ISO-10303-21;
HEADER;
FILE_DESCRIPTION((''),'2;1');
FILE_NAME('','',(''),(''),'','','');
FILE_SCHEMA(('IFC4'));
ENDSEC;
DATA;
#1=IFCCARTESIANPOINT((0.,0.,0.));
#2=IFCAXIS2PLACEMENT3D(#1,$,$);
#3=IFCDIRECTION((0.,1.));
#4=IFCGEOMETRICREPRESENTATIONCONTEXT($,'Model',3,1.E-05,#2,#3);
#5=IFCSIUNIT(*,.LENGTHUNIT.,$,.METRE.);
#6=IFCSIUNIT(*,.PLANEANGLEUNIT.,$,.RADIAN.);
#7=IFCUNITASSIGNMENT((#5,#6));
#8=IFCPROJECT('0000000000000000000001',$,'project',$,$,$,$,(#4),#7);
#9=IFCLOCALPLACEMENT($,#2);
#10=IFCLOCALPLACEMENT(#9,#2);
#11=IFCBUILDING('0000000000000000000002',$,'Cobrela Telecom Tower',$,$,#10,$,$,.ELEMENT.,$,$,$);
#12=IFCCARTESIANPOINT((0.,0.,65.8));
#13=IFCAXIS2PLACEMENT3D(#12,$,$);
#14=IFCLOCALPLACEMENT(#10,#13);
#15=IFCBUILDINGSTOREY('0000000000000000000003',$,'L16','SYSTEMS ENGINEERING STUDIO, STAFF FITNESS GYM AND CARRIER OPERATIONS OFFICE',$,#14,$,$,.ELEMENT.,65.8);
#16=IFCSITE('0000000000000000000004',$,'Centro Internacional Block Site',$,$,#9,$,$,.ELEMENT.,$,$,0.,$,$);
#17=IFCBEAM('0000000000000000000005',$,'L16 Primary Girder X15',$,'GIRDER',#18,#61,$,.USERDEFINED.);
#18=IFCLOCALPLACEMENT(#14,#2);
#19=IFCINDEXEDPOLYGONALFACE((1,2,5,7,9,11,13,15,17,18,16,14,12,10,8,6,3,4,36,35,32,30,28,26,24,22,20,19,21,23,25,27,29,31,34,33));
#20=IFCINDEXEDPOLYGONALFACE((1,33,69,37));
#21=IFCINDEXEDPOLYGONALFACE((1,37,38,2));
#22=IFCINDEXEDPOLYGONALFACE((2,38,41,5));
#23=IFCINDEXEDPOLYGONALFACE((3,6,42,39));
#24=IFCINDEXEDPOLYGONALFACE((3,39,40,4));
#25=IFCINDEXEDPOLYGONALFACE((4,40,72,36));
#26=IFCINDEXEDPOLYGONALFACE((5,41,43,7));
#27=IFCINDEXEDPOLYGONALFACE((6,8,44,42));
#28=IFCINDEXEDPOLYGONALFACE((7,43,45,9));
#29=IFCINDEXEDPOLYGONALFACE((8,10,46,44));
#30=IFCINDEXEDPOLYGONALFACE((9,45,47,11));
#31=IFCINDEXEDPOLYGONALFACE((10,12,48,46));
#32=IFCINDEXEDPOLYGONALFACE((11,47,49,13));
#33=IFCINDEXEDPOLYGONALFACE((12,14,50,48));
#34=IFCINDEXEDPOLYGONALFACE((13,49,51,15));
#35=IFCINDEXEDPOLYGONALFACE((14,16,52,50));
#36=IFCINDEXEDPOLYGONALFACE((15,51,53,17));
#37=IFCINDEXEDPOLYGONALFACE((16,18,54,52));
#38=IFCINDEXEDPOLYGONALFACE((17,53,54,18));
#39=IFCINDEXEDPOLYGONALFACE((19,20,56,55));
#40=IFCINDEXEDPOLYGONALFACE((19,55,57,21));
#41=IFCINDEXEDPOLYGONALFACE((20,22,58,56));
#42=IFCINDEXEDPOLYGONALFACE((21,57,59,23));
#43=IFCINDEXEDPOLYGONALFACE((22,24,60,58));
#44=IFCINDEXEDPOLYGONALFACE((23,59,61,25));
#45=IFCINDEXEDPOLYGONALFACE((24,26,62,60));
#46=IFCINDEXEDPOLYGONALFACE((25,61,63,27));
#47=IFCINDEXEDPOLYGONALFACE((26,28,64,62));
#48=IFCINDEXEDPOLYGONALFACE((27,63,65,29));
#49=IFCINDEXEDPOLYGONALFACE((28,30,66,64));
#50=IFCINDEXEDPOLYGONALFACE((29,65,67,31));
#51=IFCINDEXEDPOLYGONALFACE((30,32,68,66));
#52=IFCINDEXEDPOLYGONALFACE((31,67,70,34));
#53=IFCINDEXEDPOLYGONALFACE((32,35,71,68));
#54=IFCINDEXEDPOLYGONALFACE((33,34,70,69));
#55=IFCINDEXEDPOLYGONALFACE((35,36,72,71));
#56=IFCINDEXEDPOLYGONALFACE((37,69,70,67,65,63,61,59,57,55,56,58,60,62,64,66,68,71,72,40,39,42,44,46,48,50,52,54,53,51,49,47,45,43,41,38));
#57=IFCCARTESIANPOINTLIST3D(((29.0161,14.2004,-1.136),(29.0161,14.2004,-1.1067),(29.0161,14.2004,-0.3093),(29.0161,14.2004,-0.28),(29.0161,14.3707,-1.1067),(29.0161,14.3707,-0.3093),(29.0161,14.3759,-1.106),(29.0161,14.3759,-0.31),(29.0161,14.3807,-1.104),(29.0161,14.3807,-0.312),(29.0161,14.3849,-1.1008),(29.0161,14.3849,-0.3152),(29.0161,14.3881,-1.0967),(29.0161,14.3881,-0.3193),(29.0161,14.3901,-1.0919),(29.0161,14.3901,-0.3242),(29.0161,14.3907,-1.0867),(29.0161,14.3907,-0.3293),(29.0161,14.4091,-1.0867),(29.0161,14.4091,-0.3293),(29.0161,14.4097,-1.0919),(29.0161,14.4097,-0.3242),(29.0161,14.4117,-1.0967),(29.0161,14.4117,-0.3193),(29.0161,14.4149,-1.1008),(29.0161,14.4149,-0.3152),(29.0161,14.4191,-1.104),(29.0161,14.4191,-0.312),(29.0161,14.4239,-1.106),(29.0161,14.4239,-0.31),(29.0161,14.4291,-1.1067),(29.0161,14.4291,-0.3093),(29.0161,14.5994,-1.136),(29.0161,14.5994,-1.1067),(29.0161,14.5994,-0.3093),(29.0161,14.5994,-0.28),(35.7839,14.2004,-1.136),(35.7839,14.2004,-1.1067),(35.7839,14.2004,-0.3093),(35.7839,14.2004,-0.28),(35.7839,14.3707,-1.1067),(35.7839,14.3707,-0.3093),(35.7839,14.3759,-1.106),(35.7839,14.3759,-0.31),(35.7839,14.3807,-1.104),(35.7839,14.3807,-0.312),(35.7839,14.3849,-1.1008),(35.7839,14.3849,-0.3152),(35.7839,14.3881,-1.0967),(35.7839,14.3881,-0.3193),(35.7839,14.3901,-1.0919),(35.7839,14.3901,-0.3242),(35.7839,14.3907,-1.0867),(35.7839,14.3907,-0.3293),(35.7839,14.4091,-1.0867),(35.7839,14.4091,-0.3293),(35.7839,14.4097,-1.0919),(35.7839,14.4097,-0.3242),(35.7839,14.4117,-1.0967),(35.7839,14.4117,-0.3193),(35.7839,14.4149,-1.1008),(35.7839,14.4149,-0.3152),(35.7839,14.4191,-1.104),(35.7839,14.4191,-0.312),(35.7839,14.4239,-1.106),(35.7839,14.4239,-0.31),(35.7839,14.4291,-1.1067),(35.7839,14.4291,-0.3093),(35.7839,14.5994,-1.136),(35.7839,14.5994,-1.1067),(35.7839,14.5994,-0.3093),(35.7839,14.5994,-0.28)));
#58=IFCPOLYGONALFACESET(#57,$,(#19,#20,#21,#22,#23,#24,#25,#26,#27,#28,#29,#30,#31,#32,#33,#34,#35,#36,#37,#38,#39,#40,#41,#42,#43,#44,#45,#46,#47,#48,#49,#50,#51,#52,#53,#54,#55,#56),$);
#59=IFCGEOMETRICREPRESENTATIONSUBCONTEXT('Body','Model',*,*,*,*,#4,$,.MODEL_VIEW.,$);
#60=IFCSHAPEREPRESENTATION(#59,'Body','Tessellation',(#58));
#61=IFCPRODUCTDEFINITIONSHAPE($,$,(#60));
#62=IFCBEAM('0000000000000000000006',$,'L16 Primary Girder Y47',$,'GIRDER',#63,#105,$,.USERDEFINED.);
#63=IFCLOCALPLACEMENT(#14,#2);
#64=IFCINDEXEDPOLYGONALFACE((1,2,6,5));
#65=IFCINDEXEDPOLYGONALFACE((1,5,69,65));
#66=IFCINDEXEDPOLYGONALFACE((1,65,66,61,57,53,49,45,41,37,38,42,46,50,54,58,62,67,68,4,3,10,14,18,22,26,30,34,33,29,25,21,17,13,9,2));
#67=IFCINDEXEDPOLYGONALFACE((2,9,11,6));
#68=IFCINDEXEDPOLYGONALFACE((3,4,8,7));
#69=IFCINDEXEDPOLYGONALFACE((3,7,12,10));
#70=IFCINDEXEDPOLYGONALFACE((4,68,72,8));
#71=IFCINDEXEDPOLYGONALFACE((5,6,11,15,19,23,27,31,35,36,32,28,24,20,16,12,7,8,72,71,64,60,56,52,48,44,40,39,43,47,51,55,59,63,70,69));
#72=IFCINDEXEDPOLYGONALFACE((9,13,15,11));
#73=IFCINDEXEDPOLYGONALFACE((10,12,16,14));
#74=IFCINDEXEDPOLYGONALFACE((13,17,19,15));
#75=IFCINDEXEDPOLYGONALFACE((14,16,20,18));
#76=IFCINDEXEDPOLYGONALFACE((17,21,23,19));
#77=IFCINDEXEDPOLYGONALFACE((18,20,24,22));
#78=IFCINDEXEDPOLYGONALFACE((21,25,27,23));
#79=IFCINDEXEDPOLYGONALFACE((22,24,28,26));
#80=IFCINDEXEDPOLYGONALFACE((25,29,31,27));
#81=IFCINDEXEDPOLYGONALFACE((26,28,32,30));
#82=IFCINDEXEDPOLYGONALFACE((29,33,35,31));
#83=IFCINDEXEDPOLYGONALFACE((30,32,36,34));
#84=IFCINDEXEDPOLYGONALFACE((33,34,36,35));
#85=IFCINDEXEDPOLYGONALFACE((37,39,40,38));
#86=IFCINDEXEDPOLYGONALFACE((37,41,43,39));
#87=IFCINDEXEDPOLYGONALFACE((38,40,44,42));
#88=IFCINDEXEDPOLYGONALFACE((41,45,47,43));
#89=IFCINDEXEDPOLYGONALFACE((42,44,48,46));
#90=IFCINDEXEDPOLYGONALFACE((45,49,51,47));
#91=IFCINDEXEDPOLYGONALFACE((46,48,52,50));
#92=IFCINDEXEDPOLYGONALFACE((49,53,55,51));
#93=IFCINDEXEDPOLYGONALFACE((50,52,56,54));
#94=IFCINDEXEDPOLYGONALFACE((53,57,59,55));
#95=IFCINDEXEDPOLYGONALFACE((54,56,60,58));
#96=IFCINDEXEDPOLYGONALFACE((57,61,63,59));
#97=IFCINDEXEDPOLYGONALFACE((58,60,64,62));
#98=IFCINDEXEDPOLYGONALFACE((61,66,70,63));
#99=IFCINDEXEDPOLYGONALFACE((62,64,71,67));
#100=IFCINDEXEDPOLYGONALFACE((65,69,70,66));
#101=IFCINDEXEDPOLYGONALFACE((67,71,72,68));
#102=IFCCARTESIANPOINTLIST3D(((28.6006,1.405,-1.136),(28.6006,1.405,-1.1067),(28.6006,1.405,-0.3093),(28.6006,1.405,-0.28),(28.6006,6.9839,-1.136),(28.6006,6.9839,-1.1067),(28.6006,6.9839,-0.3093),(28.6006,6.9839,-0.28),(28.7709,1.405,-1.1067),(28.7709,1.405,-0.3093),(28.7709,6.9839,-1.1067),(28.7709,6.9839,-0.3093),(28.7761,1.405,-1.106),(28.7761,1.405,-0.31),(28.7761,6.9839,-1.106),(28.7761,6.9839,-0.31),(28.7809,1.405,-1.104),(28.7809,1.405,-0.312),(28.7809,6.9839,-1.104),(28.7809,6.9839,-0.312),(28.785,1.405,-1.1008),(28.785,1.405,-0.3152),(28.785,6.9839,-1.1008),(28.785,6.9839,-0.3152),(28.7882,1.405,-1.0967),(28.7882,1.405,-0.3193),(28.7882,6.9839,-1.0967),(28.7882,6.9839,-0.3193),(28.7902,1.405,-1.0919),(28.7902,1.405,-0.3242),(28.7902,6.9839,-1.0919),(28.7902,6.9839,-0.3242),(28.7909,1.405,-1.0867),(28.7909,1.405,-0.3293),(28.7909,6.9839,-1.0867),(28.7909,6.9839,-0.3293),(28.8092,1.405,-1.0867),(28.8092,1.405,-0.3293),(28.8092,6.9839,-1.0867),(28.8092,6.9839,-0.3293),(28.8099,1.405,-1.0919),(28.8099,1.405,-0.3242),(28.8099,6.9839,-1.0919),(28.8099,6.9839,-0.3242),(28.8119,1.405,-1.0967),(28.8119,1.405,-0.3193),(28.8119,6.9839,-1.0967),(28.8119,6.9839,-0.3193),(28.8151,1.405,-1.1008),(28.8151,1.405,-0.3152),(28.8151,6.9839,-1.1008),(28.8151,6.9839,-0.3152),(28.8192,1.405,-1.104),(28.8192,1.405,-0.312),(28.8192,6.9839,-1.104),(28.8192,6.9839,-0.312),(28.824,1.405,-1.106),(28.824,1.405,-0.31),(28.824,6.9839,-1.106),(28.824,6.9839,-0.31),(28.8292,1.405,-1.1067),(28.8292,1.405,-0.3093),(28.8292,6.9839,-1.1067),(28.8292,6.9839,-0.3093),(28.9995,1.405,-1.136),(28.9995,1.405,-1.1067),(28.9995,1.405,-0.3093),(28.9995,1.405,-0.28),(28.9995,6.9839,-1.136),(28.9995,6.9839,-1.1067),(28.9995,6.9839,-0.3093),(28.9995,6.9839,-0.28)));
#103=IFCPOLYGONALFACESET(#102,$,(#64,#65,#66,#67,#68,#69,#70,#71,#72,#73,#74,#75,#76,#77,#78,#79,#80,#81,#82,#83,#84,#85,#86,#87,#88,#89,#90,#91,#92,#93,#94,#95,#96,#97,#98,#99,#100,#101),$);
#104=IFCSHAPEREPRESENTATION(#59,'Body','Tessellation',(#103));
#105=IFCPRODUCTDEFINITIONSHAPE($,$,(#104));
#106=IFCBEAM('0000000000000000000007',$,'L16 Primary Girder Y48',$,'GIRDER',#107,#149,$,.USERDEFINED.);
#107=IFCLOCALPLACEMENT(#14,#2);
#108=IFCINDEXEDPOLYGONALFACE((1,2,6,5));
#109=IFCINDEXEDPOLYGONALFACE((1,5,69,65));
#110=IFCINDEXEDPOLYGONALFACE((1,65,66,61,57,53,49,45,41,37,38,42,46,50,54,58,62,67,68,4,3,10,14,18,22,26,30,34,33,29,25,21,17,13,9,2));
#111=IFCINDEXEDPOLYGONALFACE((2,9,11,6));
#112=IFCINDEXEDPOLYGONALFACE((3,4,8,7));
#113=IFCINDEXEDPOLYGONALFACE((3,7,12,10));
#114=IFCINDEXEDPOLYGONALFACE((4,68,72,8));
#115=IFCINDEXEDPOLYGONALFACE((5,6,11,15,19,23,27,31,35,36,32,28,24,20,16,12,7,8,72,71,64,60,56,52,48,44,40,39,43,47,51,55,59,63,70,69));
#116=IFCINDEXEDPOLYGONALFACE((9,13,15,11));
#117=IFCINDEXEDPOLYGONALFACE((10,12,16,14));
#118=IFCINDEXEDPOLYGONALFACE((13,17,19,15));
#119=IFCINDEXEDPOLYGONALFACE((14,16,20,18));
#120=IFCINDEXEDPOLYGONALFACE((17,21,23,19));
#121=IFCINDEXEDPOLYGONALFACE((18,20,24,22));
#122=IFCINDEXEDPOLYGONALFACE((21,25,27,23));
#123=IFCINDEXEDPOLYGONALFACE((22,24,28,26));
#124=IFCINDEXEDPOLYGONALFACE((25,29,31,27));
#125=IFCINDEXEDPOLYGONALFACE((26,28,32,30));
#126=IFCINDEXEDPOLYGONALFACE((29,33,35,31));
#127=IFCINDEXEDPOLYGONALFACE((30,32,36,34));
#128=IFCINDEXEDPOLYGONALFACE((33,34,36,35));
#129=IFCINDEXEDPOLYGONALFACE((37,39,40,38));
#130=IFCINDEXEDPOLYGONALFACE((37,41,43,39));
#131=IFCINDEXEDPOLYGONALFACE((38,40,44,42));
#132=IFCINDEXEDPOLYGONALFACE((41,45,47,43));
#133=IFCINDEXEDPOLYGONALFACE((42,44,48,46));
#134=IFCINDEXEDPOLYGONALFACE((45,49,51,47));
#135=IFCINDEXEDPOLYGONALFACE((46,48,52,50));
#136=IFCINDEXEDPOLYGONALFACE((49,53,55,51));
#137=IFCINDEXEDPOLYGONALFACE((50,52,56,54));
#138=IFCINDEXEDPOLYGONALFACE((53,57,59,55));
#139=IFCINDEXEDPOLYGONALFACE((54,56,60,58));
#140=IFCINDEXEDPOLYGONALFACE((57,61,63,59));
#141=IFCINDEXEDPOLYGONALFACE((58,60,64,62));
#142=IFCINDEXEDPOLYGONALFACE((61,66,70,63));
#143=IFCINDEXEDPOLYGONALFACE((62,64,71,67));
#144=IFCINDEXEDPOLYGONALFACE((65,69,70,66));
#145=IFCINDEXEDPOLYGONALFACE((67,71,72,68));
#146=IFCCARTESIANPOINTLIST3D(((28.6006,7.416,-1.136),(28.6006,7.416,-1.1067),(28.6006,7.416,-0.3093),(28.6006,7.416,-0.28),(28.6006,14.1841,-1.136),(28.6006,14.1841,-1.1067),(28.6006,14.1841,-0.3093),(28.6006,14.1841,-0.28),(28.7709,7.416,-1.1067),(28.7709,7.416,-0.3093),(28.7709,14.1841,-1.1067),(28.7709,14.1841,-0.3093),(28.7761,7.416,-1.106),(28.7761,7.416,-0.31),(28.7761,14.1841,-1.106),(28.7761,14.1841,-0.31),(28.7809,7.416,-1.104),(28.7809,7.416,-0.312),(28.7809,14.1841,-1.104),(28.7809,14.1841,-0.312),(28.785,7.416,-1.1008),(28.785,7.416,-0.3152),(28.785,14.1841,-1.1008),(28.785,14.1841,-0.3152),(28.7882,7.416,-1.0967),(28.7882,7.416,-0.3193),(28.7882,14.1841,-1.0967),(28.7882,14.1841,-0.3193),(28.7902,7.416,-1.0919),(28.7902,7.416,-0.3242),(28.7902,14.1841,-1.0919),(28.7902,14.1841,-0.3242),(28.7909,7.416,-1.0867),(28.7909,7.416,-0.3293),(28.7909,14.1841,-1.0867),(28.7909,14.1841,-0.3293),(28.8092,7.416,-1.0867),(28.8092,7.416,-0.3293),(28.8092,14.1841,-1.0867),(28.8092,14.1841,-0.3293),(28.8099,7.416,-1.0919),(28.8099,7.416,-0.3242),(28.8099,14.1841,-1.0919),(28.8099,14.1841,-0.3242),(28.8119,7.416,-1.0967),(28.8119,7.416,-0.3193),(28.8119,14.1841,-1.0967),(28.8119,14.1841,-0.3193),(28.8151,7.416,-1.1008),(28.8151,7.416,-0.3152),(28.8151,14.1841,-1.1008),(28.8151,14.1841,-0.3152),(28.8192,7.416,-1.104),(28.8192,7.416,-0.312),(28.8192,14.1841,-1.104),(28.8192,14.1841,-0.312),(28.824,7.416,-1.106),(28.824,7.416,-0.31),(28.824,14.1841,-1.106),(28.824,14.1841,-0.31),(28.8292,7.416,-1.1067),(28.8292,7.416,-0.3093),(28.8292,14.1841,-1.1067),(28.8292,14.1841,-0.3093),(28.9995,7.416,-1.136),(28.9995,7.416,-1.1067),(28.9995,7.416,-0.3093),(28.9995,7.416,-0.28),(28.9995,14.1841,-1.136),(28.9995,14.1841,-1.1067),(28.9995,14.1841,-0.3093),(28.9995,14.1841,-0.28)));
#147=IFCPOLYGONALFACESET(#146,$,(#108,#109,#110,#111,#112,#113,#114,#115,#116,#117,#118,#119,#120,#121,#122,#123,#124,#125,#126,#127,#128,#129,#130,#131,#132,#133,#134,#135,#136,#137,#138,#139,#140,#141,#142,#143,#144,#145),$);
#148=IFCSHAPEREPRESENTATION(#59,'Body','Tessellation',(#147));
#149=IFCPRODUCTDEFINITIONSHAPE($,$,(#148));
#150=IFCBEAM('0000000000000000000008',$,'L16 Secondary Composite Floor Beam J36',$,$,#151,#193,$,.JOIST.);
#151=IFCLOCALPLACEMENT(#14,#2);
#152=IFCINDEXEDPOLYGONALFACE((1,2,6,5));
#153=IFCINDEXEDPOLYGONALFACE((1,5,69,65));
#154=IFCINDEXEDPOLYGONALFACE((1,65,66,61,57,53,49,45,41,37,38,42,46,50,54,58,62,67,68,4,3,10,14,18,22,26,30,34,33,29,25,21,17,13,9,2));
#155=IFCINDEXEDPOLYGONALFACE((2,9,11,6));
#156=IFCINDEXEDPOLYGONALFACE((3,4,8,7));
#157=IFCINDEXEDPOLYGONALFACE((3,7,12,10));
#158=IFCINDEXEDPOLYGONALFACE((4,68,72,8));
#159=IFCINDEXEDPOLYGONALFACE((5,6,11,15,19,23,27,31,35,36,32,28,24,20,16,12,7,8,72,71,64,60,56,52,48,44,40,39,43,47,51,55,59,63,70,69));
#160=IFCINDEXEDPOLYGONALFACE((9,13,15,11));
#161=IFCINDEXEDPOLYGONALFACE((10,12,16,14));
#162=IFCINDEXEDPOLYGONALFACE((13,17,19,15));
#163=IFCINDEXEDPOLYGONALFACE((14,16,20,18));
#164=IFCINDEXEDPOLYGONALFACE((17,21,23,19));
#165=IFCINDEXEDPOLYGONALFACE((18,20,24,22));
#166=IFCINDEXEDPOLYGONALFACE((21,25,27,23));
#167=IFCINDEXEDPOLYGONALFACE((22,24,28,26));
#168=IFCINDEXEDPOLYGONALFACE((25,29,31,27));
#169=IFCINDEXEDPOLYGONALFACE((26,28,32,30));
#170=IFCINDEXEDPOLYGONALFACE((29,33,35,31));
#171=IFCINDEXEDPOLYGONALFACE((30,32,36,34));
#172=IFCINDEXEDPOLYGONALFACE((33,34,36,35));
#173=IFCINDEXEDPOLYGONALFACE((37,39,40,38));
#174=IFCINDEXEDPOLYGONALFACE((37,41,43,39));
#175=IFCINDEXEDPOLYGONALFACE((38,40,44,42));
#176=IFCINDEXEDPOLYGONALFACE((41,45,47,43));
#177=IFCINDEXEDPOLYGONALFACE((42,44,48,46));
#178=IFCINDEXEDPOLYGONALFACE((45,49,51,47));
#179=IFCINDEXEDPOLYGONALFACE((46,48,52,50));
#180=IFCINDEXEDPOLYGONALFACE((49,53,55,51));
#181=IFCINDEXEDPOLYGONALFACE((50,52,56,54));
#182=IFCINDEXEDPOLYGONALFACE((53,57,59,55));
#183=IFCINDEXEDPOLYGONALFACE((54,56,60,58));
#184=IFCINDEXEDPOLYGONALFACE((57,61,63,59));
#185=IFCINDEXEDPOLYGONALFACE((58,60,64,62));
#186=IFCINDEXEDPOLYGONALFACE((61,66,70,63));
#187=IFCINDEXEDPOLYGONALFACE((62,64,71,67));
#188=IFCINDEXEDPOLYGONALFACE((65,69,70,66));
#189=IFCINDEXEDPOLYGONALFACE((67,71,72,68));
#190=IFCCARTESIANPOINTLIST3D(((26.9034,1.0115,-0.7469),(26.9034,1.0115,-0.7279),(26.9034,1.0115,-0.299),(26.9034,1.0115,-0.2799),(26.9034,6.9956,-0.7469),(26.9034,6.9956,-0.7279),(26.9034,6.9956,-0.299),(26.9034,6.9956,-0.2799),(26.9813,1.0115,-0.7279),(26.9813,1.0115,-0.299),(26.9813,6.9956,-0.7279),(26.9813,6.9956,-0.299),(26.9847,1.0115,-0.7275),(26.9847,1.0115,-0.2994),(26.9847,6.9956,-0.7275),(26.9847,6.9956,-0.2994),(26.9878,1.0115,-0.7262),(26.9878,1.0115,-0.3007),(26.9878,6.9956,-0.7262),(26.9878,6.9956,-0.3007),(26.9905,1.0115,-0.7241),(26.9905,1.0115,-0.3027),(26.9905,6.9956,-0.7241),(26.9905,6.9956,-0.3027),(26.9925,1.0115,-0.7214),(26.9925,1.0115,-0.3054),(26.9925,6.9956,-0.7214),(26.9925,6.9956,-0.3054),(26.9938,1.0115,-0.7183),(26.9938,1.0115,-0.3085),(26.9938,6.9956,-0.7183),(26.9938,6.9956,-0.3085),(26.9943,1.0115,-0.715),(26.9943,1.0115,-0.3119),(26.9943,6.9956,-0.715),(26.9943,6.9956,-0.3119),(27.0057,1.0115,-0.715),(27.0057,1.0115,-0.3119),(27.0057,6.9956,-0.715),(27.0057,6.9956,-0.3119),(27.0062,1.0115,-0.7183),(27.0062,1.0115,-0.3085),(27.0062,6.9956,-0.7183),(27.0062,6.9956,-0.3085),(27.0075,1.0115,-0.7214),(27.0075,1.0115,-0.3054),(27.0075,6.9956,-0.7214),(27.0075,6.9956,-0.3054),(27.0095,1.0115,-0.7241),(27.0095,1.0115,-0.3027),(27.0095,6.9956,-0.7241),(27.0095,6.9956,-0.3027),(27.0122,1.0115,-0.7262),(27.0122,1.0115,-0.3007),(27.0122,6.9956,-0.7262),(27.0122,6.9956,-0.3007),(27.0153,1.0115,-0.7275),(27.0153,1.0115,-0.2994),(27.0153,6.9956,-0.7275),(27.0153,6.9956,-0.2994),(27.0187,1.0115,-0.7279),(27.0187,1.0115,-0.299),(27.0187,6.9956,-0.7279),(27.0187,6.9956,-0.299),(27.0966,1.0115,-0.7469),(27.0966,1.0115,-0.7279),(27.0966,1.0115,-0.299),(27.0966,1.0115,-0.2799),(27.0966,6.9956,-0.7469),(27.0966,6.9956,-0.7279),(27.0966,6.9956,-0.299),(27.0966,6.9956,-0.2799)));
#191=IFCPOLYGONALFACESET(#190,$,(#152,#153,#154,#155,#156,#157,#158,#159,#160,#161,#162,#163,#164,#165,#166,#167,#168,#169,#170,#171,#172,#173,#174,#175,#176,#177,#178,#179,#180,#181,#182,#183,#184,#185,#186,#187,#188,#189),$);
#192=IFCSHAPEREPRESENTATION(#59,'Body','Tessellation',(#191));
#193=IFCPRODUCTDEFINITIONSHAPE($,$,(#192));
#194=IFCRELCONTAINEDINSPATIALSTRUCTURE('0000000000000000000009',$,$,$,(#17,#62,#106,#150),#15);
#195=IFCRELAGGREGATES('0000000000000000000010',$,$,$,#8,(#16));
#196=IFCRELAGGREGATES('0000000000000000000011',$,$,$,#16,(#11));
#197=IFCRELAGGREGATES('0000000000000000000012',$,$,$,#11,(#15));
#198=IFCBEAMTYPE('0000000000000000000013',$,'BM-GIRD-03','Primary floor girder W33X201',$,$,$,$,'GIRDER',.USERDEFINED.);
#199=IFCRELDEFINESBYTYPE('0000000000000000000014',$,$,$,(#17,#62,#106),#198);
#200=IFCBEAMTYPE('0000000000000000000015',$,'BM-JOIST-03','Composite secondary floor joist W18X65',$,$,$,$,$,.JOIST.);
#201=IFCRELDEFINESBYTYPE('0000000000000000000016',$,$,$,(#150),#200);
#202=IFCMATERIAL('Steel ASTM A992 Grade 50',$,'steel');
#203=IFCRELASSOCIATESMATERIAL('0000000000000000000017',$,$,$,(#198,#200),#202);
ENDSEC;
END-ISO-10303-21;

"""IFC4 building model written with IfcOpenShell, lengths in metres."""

from ifc_helpers import new_model, si_unit, direction, frame, origin, origin_2d, place, context, subcontext, project, spatial, i_section, extrude, material, material_profile, profile_set, type_object, element, save


model = new_model("IFC4")

# Units and contexts
model_context = context("Model", 3, precision=1e-05, world=origin(), true_north=direction((0.0, 1.0)))
body_context = subcontext(model_context, "Body", "Model", "MODEL_VIEW")
ifc_project = project(units=[si_unit("LENGTHUNIT", "METRE"), si_unit("PLANEANGLEUNIT", "RADIAN")], contexts=[model_context])

# Site, building, storey
site_placement = place(None, origin())
site = spatial("IfcSite", under=ifc_project, at=site_placement, Name="Centro Internacional Block Site", CompositionType="ELEMENT", RefElevation=0.0)
building_placement = place(site_placement, origin())
building = spatial("IfcBuilding", under=site, at=building_placement, Name="Cobrela Telecom Tower", CompositionType="ELEMENT")
storey_placement = place(building_placement, frame((0.0, 0.0, 65.8)))
storey = spatial("IfcBuildingStorey", under=building, at=storey_placement, Name="L16", Description="SYSTEMS ENGINEERING STUDIO, STAFF FITNESS GYM AND CARRIER OPERATIONS OFFICE", CompositionType="ELEMENT", Elevation=65.8)

# Shared definitions
ifc_material_1 = material(Name="Steel ASTM A992 Grade 50", Category="steel")

# Beams
ifc_material_profile_1 = material_profile(ifc_material_1, i_section(OverallWidth=0.3989, OverallDepth=0.856, WebThickness=0.0183, FlangeThickness=0.0293, FilletRadius=0.02, at=origin_2d()), Name="W33X201")
ifc_profile_set_1 = profile_set([ifc_material_profile_1], Name="Steel ASTM A992 Grade 50")
beam_type_1 = type_object("IfcBeamType", Name="BM-GIRD-03", Description="Primary floor girder W33X201", ElementType="GIRDER", PredefinedType="USERDEFINED", material=ifc_profile_set_1)
for number, where, z_axis, x_axis, name in (
    (1, (29.0161, 14.3999, -0.708), (1.0, 0.0, 0.0), (0.0, 1.0, 0.0), "L16 Primary Girder X15"),
):
    element("IfcBeam", number, at=place(storey_placement, frame(where, z_axis=z_axis, x_axis=x_axis)), inside=storey, type_object=beam_type_1, Name=name, ObjectType="GIRDER", PredefinedType="USERDEFINED", context=body_context, shape_type="SweptSolid", body=[
        extrude(i_section(OverallWidth=0.3989, OverallDepth=0.856, WebThickness=0.0183, FlangeThickness=0.0293, FilletRadius=0.02, at=origin_2d()), origin(), (0.0, 0.0, 1.0), 6.7678),
    ])
beam_1_placement = place(storey_placement, frame((28.8, 1.405, -0.708), z_axis=(0.0, 1.0, 0.0), x_axis=(-1.0, 0.0, 0.0)))
element("IfcBeam", 2, at=beam_1_placement, inside=storey, type_object=beam_type_1, Name="L16 Primary Girder Y47", ObjectType="GIRDER", PredefinedType="USERDEFINED", context=body_context, shape_type="SweptSolid", body=[
    extrude(i_section(OverallWidth=0.3989, OverallDepth=0.856, WebThickness=0.0183, FlangeThickness=0.0293, FilletRadius=0.02, at=origin_2d()), origin(), (0.0, 0.0, 1.0), 5.5789),
])
beam_2_placement = place(storey_placement, frame((28.8, 7.416, -0.708), z_axis=(0.0, 1.0, 0.0), x_axis=(-1.0, 0.0, 0.0)))
element("IfcBeam", 3, at=beam_2_placement, inside=storey, type_object=beam_type_1, Name="L16 Primary Girder Y48", ObjectType="GIRDER", PredefinedType="USERDEFINED", context=body_context, shape_type="SweptSolid", body=[
    extrude(i_section(OverallWidth=0.3989, OverallDepth=0.856, WebThickness=0.0183, FlangeThickness=0.0293, FilletRadius=0.02, at=origin_2d()), origin(), (0.0, 0.0, 1.0), 6.7681),
])
ifc_material_profile_2 = material_profile(ifc_material_1, i_section(OverallWidth=0.1931, OverallDepth=0.467, WebThickness=0.0115, FlangeThickness=0.019, FilletRadius=0.0129, at=origin_2d()), Name="W18X65")
ifc_profile_set_2 = profile_set([ifc_material_profile_2], Name="Steel ASTM A992 Grade 50")
beam_type_2 = type_object("IfcBeamType", Name="BM-JOIST-03", Description="Composite secondary floor joist W18X65", PredefinedType="JOIST", material=ifc_profile_set_2)
beam_3_placement = place(storey_placement, frame((27.0, 1.0115, -0.5134), z_axis=(0.0, 1.0, 0.0), x_axis=(-1.0, 0.0, 0.0)))
element("IfcBeam", 4, at=beam_3_placement, inside=storey, type_object=beam_type_2, Name="L16 Secondary Composite Floor Beam J36", PredefinedType="JOIST", context=body_context, shape_type="SweptSolid", body=[
    extrude(i_section(OverallWidth=0.1931, OverallDepth=0.467, WebThickness=0.0115, FlangeThickness=0.019, FilletRadius=0.0129, at=origin_2d()), origin(), (0.0, 0.0, 1.0), 5.9841),
])

save(model, "model.ifc")
